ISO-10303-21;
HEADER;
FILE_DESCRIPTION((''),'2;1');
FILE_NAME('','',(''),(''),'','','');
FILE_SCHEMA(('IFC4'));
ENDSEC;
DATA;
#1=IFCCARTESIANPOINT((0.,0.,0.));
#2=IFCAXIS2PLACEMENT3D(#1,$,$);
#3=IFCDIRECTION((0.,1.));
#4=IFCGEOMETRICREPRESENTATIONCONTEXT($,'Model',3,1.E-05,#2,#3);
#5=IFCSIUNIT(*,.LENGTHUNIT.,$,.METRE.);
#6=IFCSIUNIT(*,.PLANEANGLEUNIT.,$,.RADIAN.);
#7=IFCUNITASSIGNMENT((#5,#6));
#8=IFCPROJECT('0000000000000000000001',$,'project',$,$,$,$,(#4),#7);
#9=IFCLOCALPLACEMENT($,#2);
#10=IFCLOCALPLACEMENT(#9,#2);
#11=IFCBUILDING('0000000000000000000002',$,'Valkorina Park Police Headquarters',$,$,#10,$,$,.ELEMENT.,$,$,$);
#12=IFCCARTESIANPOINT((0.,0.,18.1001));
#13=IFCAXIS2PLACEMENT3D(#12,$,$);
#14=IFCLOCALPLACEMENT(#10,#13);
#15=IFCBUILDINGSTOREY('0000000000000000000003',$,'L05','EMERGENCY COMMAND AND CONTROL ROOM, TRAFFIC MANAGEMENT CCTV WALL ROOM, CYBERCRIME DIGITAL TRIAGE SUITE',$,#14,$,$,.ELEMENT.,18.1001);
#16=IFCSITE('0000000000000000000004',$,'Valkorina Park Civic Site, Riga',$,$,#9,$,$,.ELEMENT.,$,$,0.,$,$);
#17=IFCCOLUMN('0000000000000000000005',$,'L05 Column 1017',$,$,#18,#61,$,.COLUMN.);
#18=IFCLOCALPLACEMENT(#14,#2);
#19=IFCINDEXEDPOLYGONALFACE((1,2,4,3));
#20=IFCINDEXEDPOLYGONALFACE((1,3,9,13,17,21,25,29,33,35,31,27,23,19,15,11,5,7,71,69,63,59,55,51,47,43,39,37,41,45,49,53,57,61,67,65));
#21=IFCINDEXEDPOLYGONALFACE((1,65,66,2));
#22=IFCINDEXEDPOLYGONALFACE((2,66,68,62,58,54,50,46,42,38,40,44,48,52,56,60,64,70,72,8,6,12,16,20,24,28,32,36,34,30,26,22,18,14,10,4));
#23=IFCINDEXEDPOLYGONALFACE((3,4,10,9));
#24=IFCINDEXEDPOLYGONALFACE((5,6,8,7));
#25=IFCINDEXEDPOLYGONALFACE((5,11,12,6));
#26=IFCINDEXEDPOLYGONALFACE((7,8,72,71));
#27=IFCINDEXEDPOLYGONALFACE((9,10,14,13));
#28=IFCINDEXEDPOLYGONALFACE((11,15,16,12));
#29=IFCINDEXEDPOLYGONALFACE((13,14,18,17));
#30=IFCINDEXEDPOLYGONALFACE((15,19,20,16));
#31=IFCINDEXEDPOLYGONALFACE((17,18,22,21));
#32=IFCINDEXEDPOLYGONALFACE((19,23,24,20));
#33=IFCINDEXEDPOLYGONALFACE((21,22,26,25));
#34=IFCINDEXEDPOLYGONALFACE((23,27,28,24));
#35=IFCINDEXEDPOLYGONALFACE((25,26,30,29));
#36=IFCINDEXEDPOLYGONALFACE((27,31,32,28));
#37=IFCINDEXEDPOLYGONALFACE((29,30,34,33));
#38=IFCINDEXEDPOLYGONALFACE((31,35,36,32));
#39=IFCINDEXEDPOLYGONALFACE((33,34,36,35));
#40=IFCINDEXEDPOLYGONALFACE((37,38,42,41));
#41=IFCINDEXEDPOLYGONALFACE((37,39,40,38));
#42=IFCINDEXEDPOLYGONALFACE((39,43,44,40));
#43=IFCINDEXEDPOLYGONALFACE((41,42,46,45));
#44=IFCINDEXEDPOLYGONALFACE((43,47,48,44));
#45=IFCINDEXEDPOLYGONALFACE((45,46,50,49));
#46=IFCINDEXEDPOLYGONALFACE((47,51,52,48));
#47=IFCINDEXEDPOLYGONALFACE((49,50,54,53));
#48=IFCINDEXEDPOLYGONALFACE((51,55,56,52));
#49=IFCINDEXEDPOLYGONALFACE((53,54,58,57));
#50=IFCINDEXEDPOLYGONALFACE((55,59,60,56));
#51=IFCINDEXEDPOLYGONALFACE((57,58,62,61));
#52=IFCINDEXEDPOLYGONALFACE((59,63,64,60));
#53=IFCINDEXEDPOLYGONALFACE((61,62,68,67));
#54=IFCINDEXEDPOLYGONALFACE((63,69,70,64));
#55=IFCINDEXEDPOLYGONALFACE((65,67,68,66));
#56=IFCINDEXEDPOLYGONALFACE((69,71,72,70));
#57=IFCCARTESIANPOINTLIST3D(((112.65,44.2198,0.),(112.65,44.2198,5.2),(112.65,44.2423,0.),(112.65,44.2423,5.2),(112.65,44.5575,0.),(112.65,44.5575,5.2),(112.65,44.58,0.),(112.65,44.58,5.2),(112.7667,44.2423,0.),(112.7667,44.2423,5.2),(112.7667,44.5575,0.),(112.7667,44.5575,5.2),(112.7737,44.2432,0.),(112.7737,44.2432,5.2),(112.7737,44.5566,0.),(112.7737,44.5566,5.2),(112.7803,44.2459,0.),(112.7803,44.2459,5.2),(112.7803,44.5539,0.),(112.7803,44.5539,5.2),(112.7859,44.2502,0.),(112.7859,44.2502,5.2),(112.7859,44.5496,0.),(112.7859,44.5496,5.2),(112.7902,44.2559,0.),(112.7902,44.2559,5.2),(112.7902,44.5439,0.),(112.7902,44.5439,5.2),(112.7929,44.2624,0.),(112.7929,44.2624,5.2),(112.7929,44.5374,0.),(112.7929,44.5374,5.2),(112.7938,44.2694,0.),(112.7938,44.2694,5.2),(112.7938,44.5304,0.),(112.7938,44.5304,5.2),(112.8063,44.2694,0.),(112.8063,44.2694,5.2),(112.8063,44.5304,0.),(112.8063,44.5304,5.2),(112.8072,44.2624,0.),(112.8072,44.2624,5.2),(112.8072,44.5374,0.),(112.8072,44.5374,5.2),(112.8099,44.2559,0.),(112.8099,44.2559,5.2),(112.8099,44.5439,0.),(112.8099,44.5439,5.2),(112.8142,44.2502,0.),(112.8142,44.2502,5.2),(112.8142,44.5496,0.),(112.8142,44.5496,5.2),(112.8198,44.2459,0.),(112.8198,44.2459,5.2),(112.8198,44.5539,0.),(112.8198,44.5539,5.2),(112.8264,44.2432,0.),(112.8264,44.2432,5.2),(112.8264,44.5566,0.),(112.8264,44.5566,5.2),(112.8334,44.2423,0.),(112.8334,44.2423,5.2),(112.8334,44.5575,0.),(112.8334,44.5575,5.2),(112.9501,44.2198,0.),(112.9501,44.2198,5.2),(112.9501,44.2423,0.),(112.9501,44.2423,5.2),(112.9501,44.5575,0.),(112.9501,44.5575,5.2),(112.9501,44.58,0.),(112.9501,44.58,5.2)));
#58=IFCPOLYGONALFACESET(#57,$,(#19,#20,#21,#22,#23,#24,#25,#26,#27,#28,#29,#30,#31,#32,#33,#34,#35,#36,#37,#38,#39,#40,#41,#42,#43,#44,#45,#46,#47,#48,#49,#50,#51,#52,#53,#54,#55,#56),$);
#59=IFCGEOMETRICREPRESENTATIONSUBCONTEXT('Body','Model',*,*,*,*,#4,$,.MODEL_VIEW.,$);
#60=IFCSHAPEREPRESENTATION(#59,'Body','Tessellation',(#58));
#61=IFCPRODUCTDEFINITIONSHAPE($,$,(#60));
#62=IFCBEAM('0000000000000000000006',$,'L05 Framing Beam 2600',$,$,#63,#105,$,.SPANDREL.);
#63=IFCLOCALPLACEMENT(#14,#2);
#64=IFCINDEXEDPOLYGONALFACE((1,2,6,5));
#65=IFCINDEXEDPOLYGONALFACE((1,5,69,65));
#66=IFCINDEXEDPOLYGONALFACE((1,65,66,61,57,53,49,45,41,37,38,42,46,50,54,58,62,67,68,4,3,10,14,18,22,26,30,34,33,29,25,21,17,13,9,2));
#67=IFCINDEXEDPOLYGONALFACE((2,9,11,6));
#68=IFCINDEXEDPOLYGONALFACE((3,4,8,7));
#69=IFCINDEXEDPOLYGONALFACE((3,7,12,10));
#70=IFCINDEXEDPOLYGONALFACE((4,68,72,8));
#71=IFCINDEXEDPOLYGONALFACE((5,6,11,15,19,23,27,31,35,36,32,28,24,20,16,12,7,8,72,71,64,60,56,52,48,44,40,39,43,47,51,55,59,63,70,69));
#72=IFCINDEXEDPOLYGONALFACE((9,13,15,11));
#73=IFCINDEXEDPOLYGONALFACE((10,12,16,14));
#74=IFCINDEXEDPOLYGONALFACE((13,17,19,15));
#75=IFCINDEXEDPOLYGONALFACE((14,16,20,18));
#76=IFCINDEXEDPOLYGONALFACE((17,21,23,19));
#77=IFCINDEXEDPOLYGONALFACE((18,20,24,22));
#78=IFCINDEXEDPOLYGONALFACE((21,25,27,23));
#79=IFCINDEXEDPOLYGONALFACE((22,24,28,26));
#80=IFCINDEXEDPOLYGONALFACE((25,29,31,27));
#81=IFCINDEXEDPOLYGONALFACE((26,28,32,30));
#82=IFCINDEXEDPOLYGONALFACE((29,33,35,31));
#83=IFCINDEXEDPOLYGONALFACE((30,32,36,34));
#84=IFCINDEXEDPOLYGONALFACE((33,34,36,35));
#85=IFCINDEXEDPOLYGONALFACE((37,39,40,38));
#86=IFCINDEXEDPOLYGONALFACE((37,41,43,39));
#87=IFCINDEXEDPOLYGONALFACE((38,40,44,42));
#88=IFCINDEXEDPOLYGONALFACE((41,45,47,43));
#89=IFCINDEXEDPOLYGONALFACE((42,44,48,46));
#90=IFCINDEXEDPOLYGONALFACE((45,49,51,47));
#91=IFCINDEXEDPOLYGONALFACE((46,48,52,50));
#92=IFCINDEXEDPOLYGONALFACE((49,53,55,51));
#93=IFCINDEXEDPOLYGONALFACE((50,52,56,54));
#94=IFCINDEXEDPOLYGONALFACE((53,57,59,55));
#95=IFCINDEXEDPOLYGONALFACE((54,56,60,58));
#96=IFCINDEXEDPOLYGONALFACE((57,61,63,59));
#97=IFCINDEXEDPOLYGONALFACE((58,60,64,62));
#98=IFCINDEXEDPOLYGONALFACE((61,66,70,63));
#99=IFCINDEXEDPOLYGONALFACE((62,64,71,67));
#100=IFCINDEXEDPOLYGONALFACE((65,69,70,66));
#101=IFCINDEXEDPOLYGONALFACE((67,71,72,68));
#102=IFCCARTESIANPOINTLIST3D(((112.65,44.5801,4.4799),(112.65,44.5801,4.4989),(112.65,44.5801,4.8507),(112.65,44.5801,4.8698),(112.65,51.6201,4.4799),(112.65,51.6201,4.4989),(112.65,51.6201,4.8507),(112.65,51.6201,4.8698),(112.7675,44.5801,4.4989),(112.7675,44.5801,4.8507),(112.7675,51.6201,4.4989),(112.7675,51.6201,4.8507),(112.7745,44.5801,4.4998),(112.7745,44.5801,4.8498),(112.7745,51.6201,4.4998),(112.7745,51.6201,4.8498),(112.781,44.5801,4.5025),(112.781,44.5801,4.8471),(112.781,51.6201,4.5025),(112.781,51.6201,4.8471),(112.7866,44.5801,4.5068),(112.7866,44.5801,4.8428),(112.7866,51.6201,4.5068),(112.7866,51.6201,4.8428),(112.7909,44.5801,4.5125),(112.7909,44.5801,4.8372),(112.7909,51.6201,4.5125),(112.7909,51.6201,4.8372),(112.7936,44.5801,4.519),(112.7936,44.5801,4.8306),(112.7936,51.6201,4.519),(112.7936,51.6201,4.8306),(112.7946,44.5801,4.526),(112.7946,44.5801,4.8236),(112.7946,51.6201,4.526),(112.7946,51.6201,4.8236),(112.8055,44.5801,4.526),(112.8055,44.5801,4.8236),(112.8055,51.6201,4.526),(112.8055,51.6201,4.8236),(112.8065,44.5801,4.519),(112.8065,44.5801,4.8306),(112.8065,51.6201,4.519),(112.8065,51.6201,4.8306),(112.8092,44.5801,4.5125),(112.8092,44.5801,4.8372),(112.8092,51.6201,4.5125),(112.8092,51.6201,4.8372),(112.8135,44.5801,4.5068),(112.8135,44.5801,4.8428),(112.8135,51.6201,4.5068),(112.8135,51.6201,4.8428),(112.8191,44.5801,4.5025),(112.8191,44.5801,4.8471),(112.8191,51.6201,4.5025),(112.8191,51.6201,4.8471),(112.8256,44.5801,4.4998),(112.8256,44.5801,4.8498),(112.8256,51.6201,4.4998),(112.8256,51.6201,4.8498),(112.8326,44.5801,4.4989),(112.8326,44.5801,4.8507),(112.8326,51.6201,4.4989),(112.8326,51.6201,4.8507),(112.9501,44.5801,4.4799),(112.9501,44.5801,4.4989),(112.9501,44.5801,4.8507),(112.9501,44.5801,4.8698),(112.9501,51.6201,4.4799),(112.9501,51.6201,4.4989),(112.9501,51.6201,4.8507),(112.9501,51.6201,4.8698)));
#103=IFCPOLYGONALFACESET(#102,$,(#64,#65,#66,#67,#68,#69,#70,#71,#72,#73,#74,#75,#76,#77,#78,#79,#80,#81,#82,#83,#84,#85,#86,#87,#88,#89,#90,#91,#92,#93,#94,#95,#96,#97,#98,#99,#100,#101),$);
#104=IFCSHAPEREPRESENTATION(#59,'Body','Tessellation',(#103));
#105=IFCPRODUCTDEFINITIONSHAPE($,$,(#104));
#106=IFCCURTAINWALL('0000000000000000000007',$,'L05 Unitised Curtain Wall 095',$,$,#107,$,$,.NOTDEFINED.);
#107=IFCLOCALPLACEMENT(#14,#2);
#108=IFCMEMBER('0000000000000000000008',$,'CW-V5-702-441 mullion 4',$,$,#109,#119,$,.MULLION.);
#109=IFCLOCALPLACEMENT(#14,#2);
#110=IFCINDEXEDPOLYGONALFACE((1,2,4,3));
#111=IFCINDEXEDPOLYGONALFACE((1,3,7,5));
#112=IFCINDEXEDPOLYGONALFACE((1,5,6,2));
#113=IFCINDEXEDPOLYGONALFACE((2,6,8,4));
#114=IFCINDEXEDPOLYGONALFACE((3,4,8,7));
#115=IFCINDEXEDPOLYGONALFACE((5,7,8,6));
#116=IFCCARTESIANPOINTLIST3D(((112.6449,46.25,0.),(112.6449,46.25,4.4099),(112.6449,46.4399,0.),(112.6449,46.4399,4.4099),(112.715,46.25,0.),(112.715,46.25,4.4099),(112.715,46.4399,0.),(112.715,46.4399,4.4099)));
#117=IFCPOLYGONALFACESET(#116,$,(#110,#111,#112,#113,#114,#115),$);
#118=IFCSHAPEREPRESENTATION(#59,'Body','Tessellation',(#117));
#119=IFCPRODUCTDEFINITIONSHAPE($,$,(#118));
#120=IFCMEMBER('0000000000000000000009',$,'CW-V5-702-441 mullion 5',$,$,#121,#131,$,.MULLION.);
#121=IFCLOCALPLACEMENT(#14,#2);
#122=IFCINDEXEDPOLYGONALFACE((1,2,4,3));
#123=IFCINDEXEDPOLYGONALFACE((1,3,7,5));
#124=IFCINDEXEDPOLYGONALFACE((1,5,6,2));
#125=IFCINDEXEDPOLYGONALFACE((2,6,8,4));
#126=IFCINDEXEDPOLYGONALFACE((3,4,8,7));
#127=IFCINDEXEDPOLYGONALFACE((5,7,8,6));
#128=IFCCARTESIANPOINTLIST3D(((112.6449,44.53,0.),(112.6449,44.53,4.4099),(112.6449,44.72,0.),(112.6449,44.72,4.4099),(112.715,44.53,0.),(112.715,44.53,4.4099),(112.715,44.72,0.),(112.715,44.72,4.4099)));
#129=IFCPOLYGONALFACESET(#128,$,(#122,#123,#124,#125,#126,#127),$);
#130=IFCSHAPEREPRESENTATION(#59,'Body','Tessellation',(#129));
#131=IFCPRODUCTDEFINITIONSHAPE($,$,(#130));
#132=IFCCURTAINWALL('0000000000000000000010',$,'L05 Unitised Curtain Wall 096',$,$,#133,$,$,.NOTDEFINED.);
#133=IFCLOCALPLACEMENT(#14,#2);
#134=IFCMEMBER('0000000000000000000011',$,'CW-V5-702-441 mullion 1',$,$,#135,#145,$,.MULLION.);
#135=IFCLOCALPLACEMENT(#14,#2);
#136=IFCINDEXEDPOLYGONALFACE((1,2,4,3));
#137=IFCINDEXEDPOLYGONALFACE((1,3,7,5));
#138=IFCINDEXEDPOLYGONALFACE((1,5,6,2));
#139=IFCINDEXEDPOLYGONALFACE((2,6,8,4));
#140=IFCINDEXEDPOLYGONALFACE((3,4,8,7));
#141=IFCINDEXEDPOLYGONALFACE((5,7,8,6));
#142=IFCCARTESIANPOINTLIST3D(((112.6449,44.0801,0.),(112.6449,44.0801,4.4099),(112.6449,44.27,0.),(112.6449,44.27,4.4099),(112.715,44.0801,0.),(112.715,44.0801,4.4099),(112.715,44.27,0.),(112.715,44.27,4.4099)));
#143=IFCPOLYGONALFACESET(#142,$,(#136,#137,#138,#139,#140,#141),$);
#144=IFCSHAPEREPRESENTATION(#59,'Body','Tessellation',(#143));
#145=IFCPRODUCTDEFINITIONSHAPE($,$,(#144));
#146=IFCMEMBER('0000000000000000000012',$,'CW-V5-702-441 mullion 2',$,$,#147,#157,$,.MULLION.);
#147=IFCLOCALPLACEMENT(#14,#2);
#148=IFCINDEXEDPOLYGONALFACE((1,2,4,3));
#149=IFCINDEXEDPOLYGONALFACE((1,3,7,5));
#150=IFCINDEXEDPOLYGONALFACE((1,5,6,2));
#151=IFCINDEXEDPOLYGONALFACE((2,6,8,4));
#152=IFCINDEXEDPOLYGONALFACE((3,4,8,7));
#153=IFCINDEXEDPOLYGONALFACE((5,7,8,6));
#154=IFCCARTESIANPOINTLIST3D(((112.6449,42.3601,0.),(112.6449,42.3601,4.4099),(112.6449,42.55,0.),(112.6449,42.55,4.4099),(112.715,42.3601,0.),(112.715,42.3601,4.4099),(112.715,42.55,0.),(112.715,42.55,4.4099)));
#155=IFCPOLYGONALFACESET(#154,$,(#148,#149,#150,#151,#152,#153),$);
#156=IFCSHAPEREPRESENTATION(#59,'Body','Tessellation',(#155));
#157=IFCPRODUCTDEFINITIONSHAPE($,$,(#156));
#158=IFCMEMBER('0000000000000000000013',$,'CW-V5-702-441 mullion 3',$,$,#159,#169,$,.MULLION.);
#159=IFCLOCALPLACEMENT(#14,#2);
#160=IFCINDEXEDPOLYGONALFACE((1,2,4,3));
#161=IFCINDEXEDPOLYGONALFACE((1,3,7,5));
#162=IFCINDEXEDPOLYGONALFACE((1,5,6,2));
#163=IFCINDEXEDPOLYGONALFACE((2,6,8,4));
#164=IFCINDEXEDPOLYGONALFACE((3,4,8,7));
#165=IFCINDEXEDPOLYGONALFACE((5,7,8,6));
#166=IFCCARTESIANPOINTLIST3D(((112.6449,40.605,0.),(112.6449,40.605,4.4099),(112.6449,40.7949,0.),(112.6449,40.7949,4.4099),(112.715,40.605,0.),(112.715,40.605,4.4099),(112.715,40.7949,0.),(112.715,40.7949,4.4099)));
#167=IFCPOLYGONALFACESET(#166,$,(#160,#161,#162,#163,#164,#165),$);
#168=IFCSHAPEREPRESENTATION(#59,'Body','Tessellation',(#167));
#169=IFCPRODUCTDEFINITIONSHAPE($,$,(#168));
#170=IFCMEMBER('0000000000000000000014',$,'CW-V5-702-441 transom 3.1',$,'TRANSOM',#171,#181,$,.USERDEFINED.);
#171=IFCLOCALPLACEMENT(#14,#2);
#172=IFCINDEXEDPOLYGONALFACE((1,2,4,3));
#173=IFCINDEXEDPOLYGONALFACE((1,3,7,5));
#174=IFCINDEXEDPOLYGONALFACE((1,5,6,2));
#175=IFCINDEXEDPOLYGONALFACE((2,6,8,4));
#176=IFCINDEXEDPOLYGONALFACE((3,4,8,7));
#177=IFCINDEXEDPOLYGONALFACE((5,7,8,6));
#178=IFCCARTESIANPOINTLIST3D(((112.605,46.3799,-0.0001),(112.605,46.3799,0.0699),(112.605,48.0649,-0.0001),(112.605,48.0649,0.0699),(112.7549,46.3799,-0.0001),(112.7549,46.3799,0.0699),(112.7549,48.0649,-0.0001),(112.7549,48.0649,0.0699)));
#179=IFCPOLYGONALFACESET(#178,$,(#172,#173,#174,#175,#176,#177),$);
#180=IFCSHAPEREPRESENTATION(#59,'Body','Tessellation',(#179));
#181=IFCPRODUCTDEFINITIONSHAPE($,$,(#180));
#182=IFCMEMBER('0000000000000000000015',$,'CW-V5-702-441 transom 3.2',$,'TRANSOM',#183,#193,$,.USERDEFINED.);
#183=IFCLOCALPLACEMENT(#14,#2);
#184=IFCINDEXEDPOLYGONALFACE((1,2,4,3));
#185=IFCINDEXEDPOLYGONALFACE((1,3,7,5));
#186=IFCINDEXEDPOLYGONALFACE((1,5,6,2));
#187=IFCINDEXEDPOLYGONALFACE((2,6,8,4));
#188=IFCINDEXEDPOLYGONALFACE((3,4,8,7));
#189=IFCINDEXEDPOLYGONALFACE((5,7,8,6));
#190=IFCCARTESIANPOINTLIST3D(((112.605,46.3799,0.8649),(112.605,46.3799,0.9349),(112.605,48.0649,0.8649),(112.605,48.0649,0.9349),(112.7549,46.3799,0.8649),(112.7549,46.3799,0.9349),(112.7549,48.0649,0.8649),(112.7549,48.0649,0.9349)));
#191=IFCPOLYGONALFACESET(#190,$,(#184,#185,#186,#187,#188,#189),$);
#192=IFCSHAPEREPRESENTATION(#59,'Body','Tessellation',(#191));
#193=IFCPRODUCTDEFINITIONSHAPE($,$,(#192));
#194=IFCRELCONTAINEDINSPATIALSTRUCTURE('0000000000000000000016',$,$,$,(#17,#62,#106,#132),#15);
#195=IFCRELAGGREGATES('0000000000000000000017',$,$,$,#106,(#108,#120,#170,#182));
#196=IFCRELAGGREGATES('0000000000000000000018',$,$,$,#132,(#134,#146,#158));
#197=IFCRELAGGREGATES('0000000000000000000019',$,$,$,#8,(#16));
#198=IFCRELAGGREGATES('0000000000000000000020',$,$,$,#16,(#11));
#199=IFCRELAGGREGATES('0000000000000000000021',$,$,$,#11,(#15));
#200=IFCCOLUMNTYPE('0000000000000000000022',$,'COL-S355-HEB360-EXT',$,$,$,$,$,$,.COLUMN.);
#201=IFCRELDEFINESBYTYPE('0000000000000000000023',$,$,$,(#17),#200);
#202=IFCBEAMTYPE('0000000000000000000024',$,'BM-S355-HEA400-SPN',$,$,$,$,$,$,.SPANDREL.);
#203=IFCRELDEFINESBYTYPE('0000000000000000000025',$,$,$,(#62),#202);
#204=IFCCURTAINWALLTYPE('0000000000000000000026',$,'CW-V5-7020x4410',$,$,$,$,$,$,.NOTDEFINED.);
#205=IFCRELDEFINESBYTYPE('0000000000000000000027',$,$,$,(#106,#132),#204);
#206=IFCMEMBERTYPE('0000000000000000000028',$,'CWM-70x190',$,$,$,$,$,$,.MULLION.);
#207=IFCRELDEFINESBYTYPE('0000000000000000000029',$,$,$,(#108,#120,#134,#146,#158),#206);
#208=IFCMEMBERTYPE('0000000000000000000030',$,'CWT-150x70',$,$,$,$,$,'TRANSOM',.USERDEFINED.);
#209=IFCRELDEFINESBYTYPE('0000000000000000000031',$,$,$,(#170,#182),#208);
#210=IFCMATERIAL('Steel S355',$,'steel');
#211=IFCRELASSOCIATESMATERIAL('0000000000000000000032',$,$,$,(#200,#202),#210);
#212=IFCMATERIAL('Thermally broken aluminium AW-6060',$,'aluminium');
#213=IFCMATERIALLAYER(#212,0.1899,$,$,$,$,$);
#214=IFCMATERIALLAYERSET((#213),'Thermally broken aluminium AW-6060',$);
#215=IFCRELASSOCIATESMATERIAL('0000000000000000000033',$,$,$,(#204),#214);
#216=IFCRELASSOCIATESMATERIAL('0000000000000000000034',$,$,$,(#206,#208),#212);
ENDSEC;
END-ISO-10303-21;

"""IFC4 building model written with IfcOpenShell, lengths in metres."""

from ifc_helpers import new_model, si_unit, direction, frame, origin, origin_2d, place, context, subcontext, project, spatial, rectangle, i_section, extrude, material, layer, layer_set, material_profile, profile_set, type_object, element, aggregate, save


model = new_model("IFC4")

# Units and contexts
model_context = context("Model", 3, precision=1e-05, world=origin(), true_north=direction((0.0, 1.0)))
body_context = subcontext(model_context, "Body", "Model", "MODEL_VIEW")
ifc_project = project(units=[si_unit("LENGTHUNIT", "METRE"), si_unit("PLANEANGLEUNIT", "RADIAN")], contexts=[model_context])

# Site, building, storey
site_placement = place(None, origin())
site = spatial("IfcSite", under=ifc_project, at=site_placement, Name="Valkorina Park Civic Site, Riga", CompositionType="ELEMENT", RefElevation=0.0)
building_placement = place(site_placement, origin())
building = spatial("IfcBuilding", under=site, at=building_placement, Name="Valkorina Park Police Headquarters", CompositionType="ELEMENT")
storey_placement = place(building_placement, frame((0.0, 0.0, 18.1001)))
storey = spatial("IfcBuildingStorey", under=building, at=storey_placement, Name="L05", Description="EMERGENCY COMMAND AND CONTROL ROOM, TRAFFIC MANAGEMENT CCTV WALL ROOM, CYBERCRIME DIGITAL TRIAGE SUITE", CompositionType="ELEMENT", Elevation=18.1001)

# Column
ifc_material_1 = material(Name="Steel S355", Category="steel")
ifc_material_profile_1 = material_profile(ifc_material_1, i_section(OverallWidth=0.3, OverallDepth=0.3601, WebThickness=0.0125, FlangeThickness=0.0225, FilletRadius=0.0271, at=origin_2d()), Name="HEB 360")
ifc_profile_set_1 = profile_set([ifc_material_profile_1], Name="Steel S355")
column_type = type_object("IfcColumnType", Name="COL-S355-HEB360-EXT", PredefinedType="COLUMN", material=ifc_profile_set_1)
column_placement = place(storey_placement, frame((112.8, 44.3999, 0.0), z_axis=(0.0, 0.0, 1.0), x_axis=(1.0, 0.0, 0.0)))
element("IfcColumn", 1, at=column_placement, inside=storey, type_object=column_type, Name="L05 Column 1017", PredefinedType="COLUMN", context=body_context, shape_type="SweptSolid", body=[
    extrude(i_section(OverallWidth=0.3, OverallDepth=0.3601, WebThickness=0.0125, FlangeThickness=0.0225, FilletRadius=0.0271, at=origin_2d()), origin(), (0.0, 0.0, 1.0), 5.2),
])

# Beam
ifc_material_profile_2 = material_profile(ifc_material_1, i_section(OverallWidth=0.3, OverallDepth=0.3899, WebThickness=0.011, FlangeThickness=0.019, FilletRadius=0.0271, at=origin_2d()), Name="HEA 400")
ifc_profile_set_2 = profile_set([ifc_material_profile_2], Name="Steel S355")
beam_type = type_object("IfcBeamType", Name="BM-S355-HEA400-SPN", PredefinedType="SPANDREL", material=ifc_profile_set_2)
beam_placement = place(storey_placement, frame((112.8, 44.5801, 4.6748), z_axis=(0.0, 1.0, 0.0), x_axis=(-1.0, 0.0, 0.0)))
element("IfcBeam", 2, at=beam_placement, inside=storey, type_object=beam_type, Name="L05 Framing Beam 2600", PredefinedType="SPANDREL", context=body_context, shape_type="SweptSolid", body=[
    extrude(i_section(OverallWidth=0.3, OverallDepth=0.3899, WebThickness=0.011, FlangeThickness=0.019, FilletRadius=0.0271, at=origin_2d()), origin(), (0.0, 0.0, 1.0), 7.04),
])

# Curtain walls, members
ifc_material_2 = material(Name="Thermally broken aluminium AW-6060", Category="aluminium")
ifc_layer_1 = layer(ifc_material_2, 0.1899)
ifc_layer_set_1 = layer_set([ifc_layer_1], Name="Thermally broken aluminium AW-6060")
curtain_wall_type = type_object("IfcCurtainWallType", Name="CW-V5-7020x4410", PredefinedType="NOTDEFINED", material=ifc_layer_set_1)
curtain_wall_1_placement = place(storey_placement, origin())
curtain_wall_1 = element("IfcCurtainWall", 3, at=curtain_wall_1_placement, inside=storey, type_object=curtain_wall_type, Name="L05 Unitised Curtain Wall 095", PredefinedType="NOTDEFINED")
ifc_material_profile_3 = material_profile(ifc_material_2, rectangle(XDim=0.0701, YDim=0.1899, at=origin_2d()), Name="CWM-02 70x190")
ifc_profile_set_3 = profile_set([ifc_material_profile_3], Name="Thermally broken aluminium AW-6060")
member_type_1 = type_object("IfcMemberType", Name="CWM-70x190", PredefinedType="MULLION", material=ifc_profile_set_3)
member_1_placement = place(storey_placement, frame((112.6799, 46.345, 0.0), z_axis=(0.0, 0.0, 1.0), x_axis=(1.0, 0.0, 0.0)))
member_1 = element("IfcMember", 4, at=member_1_placement, type_object=member_type_1, Name="CW-V5-702-441 mullion 4", PredefinedType="MULLION", context=body_context, shape_type="SweptSolid", body=[
    extrude(rectangle(XDim=0.0701, YDim=0.1899, at=origin_2d()), origin(), (0.0, 0.0, 1.0), 4.4099),
])
member_2_placement = place(storey_placement, frame((112.6799, 44.625, 0.0), z_axis=(0.0, 0.0, 1.0), x_axis=(1.0, 0.0, 0.0)))
member_2 = element("IfcMember", 5, at=member_2_placement, type_object=member_type_1, Name="CW-V5-702-441 mullion 5", PredefinedType="MULLION", context=body_context, shape_type="SweptSolid", body=[
    extrude(rectangle(XDim=0.0701, YDim=0.1899, at=origin_2d()), origin(), (0.0, 0.0, 1.0), 4.4099),
])
curtain_wall_2_placement = place(storey_placement, origin())
curtain_wall_2 = element("IfcCurtainWall", 6, at=curtain_wall_2_placement, inside=storey, type_object=curtain_wall_type, Name="L05 Unitised Curtain Wall 096", PredefinedType="NOTDEFINED")
member_3_placement = place(storey_placement, frame((112.6799, 44.175, 0.0), z_axis=(0.0, 0.0, 1.0), x_axis=(1.0, 0.0, 0.0)))
member_3 = element("IfcMember", 7, at=member_3_placement, type_object=member_type_1, Name="CW-V5-702-441 mullion 1", PredefinedType="MULLION", context=body_context, shape_type="SweptSolid", body=[
    extrude(rectangle(XDim=0.0701, YDim=0.1899, at=origin_2d()), origin(), (0.0, 0.0, 1.0), 4.4099),
])
member_4_placement = place(storey_placement, frame((112.6799, 42.4551, 0.0), z_axis=(0.0, 0.0, 1.0), x_axis=(1.0, 0.0, 0.0)))
member_4 = element("IfcMember", 8, at=member_4_placement, type_object=member_type_1, Name="CW-V5-702-441 mullion 2", PredefinedType="MULLION", context=body_context, shape_type="SweptSolid", body=[
    extrude(rectangle(XDim=0.0701, YDim=0.1899, at=origin_2d()), origin(), (0.0, 0.0, 1.0), 4.4099),
])
member_5_placement = place(storey_placement, frame((112.6799, 40.7, 0.0), z_axis=(0.0, 0.0, 1.0), x_axis=(1.0, 0.0, 0.0)))
member_5 = element("IfcMember", 9, at=member_5_placement, type_object=member_type_1, Name="CW-V5-702-441 mullion 3", PredefinedType="MULLION", context=body_context, shape_type="SweptSolid", body=[
    extrude(rectangle(XDim=0.0701, YDim=0.1899, at=origin_2d()), origin(), (0.0, 0.0, 1.0), 4.4099),
])

# Members
ifc_material_profile_4 = material_profile(ifc_material_2, rectangle(XDim=0.1499, YDim=0.0701, at=origin_2d()), Name="CWT-02 150x70")
ifc_profile_set_4 = profile_set([ifc_material_profile_4], Name="Thermally broken aluminium AW-6060")
member_type_2 = type_object("IfcMemberType", Name="CWT-150x70", ElementType="TRANSOM", PredefinedType="USERDEFINED", material=ifc_profile_set_4)
member_6_placement = place(storey_placement, frame((112.6799, 48.0649, 0.0349), z_axis=(0.0, -1.0, 0.0), x_axis=(1.0, 0.0, 0.0)))
member_6 = element("IfcMember", 10, at=member_6_placement, type_object=member_type_2, Name="CW-V5-702-441 transom 3.1", ObjectType="TRANSOM", PredefinedType="USERDEFINED", context=body_context, shape_type="SweptSolid", body=[
    extrude(rectangle(XDim=0.1499, YDim=0.0701, at=origin_2d()), origin(), (0.0, 0.0, 1.0), 1.6851),
])
member_7_placement = place(storey_placement, frame((112.6799, 48.0649, 0.8999), z_axis=(0.0, -1.0, 0.0), x_axis=(1.0, 0.0, 0.0)))
member_7 = element("IfcMember", 11, at=member_7_placement, type_object=member_type_2, Name="CW-V5-702-441 transom 3.2", ObjectType="TRANSOM", PredefinedType="USERDEFINED", context=body_context, shape_type="SweptSolid", body=[
    extrude(rectangle(XDim=0.1499, YDim=0.0701, at=origin_2d()), origin(), (0.0, 0.0, 1.0), 1.6851),
])

aggregate(curtain_wall_1, [member_1, member_2, member_6, member_7])
aggregate(curtain_wall_2, [member_3, member_4, member_5])

save(model, "model.ifc")
